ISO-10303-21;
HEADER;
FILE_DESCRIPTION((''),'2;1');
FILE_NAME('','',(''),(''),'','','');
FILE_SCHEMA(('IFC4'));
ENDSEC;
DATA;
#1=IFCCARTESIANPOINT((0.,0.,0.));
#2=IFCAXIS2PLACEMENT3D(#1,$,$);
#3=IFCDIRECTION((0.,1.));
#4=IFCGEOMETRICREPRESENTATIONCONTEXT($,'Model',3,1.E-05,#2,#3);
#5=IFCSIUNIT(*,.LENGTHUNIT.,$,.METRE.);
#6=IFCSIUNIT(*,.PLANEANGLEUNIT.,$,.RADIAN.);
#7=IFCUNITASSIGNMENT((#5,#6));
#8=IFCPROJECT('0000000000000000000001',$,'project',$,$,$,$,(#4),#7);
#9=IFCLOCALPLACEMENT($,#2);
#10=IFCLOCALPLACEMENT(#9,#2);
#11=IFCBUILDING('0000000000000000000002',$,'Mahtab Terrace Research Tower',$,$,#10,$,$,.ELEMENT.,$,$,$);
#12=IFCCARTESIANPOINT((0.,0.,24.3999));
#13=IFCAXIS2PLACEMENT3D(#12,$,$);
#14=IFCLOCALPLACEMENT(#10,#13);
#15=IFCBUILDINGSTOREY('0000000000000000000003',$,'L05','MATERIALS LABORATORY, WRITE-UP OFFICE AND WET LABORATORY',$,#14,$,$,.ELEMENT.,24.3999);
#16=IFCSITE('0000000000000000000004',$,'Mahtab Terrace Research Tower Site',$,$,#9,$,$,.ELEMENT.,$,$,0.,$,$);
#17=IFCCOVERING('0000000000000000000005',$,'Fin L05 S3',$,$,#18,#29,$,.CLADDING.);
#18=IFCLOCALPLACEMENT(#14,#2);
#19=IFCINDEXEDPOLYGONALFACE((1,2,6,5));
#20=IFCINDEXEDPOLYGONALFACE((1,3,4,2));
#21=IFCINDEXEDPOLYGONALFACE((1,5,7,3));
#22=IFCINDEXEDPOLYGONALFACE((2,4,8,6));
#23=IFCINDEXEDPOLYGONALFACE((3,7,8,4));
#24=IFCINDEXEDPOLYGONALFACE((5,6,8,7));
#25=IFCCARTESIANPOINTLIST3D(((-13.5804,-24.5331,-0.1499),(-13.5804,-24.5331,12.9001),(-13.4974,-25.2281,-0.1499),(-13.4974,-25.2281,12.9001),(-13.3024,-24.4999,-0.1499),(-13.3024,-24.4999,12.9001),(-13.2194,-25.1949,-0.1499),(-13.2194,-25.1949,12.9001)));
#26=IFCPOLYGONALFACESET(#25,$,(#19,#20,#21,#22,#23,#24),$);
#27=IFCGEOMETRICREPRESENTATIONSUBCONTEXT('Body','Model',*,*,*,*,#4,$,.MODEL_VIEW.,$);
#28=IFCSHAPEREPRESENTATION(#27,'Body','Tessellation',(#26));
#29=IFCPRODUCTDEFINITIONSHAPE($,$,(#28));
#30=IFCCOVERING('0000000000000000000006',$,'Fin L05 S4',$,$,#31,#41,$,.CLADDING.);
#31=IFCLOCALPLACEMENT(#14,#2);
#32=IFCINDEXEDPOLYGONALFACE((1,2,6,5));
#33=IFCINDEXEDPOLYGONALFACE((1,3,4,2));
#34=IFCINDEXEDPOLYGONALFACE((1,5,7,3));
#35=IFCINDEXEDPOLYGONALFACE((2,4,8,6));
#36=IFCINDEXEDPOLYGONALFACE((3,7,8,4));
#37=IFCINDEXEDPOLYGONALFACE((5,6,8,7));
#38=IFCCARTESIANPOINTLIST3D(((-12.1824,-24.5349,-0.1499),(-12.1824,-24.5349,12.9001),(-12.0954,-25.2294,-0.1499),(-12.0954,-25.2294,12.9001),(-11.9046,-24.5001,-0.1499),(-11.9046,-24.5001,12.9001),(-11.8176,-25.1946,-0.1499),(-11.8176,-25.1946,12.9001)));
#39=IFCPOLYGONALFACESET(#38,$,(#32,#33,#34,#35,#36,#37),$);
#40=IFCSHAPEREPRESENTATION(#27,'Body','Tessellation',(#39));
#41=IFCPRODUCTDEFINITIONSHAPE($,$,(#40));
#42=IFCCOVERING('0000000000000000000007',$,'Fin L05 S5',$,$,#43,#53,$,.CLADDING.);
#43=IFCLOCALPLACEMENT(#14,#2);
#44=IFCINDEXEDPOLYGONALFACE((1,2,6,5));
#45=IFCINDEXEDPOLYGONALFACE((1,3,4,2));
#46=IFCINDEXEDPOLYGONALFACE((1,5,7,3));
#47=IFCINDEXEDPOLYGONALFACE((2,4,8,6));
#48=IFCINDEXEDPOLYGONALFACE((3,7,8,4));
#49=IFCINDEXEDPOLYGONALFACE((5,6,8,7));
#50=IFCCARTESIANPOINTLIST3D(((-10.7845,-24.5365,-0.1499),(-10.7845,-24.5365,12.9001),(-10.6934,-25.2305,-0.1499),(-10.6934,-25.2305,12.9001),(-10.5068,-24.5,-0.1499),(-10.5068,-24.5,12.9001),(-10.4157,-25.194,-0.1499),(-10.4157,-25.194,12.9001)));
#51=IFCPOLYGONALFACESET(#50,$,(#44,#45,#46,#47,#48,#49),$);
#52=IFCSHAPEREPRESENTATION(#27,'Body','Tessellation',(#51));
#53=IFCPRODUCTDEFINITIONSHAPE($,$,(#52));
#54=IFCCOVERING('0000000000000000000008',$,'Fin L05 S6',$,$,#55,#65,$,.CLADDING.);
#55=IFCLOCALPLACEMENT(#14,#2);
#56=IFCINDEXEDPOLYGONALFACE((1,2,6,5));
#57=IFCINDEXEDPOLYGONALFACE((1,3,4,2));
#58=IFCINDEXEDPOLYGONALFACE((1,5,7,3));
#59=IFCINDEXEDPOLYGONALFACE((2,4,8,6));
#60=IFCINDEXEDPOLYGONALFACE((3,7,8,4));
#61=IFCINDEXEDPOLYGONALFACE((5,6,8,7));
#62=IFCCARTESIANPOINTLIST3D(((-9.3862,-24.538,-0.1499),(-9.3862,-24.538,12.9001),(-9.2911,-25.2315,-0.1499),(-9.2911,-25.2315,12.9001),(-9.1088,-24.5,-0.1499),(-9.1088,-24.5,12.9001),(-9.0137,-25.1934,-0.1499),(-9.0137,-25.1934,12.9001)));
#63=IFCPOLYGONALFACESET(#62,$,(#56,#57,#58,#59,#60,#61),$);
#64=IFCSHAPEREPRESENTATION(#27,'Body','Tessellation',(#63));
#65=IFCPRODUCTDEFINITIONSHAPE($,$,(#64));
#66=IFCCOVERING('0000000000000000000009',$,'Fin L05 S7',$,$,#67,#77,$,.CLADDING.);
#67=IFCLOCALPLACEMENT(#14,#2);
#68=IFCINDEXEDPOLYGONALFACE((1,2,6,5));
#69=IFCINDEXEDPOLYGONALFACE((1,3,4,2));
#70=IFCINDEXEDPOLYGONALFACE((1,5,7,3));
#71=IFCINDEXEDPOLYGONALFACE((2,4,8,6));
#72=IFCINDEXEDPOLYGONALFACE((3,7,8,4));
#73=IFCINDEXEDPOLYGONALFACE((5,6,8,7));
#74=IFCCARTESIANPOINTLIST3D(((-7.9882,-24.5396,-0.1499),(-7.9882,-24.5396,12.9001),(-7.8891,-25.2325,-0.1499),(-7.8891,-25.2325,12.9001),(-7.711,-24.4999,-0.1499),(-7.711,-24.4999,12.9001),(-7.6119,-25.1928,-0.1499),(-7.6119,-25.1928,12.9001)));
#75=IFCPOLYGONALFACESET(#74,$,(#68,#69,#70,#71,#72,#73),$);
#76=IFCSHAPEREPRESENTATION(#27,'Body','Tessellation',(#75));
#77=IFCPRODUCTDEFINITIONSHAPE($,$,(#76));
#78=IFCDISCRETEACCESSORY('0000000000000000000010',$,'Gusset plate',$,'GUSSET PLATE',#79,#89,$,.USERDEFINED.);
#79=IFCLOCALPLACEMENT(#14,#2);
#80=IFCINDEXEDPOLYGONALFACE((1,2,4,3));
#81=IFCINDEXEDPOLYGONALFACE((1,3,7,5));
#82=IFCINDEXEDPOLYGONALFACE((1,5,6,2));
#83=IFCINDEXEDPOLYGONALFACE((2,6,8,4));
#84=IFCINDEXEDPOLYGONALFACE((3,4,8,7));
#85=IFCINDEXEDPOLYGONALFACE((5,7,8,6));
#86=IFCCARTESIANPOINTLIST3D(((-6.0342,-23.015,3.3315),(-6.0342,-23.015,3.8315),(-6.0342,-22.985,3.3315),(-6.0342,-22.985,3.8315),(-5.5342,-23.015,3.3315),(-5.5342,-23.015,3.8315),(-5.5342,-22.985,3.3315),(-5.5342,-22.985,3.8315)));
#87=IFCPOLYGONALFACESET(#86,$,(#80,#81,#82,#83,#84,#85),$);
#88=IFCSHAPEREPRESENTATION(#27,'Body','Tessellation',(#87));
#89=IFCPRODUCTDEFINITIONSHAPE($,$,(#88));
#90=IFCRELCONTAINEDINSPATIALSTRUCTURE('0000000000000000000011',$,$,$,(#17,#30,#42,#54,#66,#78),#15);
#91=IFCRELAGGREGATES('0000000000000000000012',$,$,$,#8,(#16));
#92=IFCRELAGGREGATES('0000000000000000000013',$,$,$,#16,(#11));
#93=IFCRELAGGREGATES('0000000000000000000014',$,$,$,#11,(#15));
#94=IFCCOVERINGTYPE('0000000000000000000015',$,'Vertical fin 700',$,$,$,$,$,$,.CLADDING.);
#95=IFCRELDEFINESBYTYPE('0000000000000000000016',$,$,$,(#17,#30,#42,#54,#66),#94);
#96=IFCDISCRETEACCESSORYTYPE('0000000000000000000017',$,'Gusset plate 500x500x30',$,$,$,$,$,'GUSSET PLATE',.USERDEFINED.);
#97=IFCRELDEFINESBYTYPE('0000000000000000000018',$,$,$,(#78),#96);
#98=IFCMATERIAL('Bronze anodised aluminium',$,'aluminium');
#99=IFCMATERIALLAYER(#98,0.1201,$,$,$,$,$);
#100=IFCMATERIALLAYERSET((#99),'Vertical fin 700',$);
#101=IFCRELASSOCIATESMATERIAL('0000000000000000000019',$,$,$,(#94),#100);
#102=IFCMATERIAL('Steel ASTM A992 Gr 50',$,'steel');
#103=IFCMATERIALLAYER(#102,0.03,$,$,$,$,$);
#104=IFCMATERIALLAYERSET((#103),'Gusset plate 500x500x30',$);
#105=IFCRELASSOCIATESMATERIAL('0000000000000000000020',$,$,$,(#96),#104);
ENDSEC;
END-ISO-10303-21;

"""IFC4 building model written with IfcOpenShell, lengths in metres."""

from ifc_helpers import new_model, si_unit, direction, frame, origin, origin_2d, place, context, subcontext, project, spatial, rectangle, extrude, material, layer, layer_set, type_object, element, save


model = new_model("IFC4")

# Units and contexts
model_context = context("Model", 3, precision=1e-05, world=origin(), true_north=direction((0.0, 1.0)))
body_context = subcontext(model_context, "Body", "Model", "MODEL_VIEW")
ifc_project = project(units=[si_unit("LENGTHUNIT", "METRE"), si_unit("PLANEANGLEUNIT", "RADIAN")], contexts=[model_context])

# Site, building, storey
site_placement = place(None, origin())
site = spatial("IfcSite", under=ifc_project, at=site_placement, Name="Mahtab Terrace Research Tower Site", CompositionType="ELEMENT", RefElevation=0.0)
building_placement = place(site_placement, origin())
building = spatial("IfcBuilding", under=site, at=building_placement, Name="Mahtab Terrace Research Tower", CompositionType="ELEMENT")
storey_placement = place(building_placement, frame((0.0, 0.0, 24.3999)))
storey = spatial("IfcBuildingStorey", under=building, at=storey_placement, Name="L05", Description="MATERIALS LABORATORY, WRITE-UP OFFICE AND WET LABORATORY", CompositionType="ELEMENT", Elevation=24.3999)

# Shared definitions
ifc_material_1 = material(Name="Steel ASTM A992 Gr 50", Category="steel")

# Coverings
ifc_material_2 = material(Name="Bronze anodised aluminium", Category="aluminium")
ifc_layer_1 = layer(ifc_material_2, 0.1201)
ifc_layer_set_1 = layer_set([ifc_layer_1], Name="Vertical fin 700")
covering_type = type_object("IfcCoveringType", Name="Vertical fin 700", PredefinedType="CLADDING", material=ifc_layer_set_1)
for number, where, z_axis, x_axis, name in (
    (1, (-13.3999, -24.864, -0.1499), (0.0, 0.0, 1.0), (0.992946, 0.118569, 0.0), "Fin L05 S3"),
    (2, (-12.0, -24.8647, -0.1499), (0.0, 0.0, 1.0), (0.992239, 0.124344, 0.0), "Fin L05 S4"),
    (3, (-10.6001, -24.8652, -0.1499), (0.0, 0.0, 1.0), (0.991499, 0.130114, 0.0), "Fin L05 S5"),
    (4, (-9.2, -24.8657, -0.1499), (0.0, 0.0, 1.0), (0.990725, 0.13588, 0.0), "Fin L05 S6"),
    (5, (-7.8, -24.8662, -0.1499), (0.0, 0.0, 1.0), (0.989918, 0.141642, 0.0), "Fin L05 S7"),
):
    element("IfcCovering", number, at=place(storey_placement, frame(where, z_axis=z_axis, x_axis=x_axis)), inside=storey, type_object=covering_type, Name=name, PredefinedType="CLADDING", context=body_context, shape_type="SweptSolid", body=[
        extrude(rectangle(XDim=0.28, YDim=0.7, at=origin_2d()), origin(), (0.0, 0.0, 1.0), 13.05),
    ])

# Discrete accessory
ifc_layer_2 = layer(ifc_material_1, 0.03)
ifc_layer_set_2 = layer_set([ifc_layer_2], Name="Gusset plate 500x500x30")
discrete_accessory_type = type_object("IfcDiscreteAccessoryType", Name="Gusset plate 500x500x30", ElementType="GUSSET PLATE", PredefinedType="USERDEFINED", material=ifc_layer_set_2)
discrete_accessory_placement = place(storey_placement, frame((-5.7842, -23.0, 3.3315), z_axis=(0.0, 0.0, 1.0), x_axis=(1.0, 0.0, 0.0)))
element("IfcDiscreteAccessory", 6, at=discrete_accessory_placement, inside=storey, type_object=discrete_accessory_type, Name="Gusset plate", ObjectType="GUSSET PLATE", PredefinedType="USERDEFINED", context=body_context, shape_type="SweptSolid", body=[
    extrude(rectangle(XDim=0.5, YDim=0.03, at=origin_2d()), origin(), (0.0, 0.0, 1.0), 0.5),
])

save(model, "model.ifc")
